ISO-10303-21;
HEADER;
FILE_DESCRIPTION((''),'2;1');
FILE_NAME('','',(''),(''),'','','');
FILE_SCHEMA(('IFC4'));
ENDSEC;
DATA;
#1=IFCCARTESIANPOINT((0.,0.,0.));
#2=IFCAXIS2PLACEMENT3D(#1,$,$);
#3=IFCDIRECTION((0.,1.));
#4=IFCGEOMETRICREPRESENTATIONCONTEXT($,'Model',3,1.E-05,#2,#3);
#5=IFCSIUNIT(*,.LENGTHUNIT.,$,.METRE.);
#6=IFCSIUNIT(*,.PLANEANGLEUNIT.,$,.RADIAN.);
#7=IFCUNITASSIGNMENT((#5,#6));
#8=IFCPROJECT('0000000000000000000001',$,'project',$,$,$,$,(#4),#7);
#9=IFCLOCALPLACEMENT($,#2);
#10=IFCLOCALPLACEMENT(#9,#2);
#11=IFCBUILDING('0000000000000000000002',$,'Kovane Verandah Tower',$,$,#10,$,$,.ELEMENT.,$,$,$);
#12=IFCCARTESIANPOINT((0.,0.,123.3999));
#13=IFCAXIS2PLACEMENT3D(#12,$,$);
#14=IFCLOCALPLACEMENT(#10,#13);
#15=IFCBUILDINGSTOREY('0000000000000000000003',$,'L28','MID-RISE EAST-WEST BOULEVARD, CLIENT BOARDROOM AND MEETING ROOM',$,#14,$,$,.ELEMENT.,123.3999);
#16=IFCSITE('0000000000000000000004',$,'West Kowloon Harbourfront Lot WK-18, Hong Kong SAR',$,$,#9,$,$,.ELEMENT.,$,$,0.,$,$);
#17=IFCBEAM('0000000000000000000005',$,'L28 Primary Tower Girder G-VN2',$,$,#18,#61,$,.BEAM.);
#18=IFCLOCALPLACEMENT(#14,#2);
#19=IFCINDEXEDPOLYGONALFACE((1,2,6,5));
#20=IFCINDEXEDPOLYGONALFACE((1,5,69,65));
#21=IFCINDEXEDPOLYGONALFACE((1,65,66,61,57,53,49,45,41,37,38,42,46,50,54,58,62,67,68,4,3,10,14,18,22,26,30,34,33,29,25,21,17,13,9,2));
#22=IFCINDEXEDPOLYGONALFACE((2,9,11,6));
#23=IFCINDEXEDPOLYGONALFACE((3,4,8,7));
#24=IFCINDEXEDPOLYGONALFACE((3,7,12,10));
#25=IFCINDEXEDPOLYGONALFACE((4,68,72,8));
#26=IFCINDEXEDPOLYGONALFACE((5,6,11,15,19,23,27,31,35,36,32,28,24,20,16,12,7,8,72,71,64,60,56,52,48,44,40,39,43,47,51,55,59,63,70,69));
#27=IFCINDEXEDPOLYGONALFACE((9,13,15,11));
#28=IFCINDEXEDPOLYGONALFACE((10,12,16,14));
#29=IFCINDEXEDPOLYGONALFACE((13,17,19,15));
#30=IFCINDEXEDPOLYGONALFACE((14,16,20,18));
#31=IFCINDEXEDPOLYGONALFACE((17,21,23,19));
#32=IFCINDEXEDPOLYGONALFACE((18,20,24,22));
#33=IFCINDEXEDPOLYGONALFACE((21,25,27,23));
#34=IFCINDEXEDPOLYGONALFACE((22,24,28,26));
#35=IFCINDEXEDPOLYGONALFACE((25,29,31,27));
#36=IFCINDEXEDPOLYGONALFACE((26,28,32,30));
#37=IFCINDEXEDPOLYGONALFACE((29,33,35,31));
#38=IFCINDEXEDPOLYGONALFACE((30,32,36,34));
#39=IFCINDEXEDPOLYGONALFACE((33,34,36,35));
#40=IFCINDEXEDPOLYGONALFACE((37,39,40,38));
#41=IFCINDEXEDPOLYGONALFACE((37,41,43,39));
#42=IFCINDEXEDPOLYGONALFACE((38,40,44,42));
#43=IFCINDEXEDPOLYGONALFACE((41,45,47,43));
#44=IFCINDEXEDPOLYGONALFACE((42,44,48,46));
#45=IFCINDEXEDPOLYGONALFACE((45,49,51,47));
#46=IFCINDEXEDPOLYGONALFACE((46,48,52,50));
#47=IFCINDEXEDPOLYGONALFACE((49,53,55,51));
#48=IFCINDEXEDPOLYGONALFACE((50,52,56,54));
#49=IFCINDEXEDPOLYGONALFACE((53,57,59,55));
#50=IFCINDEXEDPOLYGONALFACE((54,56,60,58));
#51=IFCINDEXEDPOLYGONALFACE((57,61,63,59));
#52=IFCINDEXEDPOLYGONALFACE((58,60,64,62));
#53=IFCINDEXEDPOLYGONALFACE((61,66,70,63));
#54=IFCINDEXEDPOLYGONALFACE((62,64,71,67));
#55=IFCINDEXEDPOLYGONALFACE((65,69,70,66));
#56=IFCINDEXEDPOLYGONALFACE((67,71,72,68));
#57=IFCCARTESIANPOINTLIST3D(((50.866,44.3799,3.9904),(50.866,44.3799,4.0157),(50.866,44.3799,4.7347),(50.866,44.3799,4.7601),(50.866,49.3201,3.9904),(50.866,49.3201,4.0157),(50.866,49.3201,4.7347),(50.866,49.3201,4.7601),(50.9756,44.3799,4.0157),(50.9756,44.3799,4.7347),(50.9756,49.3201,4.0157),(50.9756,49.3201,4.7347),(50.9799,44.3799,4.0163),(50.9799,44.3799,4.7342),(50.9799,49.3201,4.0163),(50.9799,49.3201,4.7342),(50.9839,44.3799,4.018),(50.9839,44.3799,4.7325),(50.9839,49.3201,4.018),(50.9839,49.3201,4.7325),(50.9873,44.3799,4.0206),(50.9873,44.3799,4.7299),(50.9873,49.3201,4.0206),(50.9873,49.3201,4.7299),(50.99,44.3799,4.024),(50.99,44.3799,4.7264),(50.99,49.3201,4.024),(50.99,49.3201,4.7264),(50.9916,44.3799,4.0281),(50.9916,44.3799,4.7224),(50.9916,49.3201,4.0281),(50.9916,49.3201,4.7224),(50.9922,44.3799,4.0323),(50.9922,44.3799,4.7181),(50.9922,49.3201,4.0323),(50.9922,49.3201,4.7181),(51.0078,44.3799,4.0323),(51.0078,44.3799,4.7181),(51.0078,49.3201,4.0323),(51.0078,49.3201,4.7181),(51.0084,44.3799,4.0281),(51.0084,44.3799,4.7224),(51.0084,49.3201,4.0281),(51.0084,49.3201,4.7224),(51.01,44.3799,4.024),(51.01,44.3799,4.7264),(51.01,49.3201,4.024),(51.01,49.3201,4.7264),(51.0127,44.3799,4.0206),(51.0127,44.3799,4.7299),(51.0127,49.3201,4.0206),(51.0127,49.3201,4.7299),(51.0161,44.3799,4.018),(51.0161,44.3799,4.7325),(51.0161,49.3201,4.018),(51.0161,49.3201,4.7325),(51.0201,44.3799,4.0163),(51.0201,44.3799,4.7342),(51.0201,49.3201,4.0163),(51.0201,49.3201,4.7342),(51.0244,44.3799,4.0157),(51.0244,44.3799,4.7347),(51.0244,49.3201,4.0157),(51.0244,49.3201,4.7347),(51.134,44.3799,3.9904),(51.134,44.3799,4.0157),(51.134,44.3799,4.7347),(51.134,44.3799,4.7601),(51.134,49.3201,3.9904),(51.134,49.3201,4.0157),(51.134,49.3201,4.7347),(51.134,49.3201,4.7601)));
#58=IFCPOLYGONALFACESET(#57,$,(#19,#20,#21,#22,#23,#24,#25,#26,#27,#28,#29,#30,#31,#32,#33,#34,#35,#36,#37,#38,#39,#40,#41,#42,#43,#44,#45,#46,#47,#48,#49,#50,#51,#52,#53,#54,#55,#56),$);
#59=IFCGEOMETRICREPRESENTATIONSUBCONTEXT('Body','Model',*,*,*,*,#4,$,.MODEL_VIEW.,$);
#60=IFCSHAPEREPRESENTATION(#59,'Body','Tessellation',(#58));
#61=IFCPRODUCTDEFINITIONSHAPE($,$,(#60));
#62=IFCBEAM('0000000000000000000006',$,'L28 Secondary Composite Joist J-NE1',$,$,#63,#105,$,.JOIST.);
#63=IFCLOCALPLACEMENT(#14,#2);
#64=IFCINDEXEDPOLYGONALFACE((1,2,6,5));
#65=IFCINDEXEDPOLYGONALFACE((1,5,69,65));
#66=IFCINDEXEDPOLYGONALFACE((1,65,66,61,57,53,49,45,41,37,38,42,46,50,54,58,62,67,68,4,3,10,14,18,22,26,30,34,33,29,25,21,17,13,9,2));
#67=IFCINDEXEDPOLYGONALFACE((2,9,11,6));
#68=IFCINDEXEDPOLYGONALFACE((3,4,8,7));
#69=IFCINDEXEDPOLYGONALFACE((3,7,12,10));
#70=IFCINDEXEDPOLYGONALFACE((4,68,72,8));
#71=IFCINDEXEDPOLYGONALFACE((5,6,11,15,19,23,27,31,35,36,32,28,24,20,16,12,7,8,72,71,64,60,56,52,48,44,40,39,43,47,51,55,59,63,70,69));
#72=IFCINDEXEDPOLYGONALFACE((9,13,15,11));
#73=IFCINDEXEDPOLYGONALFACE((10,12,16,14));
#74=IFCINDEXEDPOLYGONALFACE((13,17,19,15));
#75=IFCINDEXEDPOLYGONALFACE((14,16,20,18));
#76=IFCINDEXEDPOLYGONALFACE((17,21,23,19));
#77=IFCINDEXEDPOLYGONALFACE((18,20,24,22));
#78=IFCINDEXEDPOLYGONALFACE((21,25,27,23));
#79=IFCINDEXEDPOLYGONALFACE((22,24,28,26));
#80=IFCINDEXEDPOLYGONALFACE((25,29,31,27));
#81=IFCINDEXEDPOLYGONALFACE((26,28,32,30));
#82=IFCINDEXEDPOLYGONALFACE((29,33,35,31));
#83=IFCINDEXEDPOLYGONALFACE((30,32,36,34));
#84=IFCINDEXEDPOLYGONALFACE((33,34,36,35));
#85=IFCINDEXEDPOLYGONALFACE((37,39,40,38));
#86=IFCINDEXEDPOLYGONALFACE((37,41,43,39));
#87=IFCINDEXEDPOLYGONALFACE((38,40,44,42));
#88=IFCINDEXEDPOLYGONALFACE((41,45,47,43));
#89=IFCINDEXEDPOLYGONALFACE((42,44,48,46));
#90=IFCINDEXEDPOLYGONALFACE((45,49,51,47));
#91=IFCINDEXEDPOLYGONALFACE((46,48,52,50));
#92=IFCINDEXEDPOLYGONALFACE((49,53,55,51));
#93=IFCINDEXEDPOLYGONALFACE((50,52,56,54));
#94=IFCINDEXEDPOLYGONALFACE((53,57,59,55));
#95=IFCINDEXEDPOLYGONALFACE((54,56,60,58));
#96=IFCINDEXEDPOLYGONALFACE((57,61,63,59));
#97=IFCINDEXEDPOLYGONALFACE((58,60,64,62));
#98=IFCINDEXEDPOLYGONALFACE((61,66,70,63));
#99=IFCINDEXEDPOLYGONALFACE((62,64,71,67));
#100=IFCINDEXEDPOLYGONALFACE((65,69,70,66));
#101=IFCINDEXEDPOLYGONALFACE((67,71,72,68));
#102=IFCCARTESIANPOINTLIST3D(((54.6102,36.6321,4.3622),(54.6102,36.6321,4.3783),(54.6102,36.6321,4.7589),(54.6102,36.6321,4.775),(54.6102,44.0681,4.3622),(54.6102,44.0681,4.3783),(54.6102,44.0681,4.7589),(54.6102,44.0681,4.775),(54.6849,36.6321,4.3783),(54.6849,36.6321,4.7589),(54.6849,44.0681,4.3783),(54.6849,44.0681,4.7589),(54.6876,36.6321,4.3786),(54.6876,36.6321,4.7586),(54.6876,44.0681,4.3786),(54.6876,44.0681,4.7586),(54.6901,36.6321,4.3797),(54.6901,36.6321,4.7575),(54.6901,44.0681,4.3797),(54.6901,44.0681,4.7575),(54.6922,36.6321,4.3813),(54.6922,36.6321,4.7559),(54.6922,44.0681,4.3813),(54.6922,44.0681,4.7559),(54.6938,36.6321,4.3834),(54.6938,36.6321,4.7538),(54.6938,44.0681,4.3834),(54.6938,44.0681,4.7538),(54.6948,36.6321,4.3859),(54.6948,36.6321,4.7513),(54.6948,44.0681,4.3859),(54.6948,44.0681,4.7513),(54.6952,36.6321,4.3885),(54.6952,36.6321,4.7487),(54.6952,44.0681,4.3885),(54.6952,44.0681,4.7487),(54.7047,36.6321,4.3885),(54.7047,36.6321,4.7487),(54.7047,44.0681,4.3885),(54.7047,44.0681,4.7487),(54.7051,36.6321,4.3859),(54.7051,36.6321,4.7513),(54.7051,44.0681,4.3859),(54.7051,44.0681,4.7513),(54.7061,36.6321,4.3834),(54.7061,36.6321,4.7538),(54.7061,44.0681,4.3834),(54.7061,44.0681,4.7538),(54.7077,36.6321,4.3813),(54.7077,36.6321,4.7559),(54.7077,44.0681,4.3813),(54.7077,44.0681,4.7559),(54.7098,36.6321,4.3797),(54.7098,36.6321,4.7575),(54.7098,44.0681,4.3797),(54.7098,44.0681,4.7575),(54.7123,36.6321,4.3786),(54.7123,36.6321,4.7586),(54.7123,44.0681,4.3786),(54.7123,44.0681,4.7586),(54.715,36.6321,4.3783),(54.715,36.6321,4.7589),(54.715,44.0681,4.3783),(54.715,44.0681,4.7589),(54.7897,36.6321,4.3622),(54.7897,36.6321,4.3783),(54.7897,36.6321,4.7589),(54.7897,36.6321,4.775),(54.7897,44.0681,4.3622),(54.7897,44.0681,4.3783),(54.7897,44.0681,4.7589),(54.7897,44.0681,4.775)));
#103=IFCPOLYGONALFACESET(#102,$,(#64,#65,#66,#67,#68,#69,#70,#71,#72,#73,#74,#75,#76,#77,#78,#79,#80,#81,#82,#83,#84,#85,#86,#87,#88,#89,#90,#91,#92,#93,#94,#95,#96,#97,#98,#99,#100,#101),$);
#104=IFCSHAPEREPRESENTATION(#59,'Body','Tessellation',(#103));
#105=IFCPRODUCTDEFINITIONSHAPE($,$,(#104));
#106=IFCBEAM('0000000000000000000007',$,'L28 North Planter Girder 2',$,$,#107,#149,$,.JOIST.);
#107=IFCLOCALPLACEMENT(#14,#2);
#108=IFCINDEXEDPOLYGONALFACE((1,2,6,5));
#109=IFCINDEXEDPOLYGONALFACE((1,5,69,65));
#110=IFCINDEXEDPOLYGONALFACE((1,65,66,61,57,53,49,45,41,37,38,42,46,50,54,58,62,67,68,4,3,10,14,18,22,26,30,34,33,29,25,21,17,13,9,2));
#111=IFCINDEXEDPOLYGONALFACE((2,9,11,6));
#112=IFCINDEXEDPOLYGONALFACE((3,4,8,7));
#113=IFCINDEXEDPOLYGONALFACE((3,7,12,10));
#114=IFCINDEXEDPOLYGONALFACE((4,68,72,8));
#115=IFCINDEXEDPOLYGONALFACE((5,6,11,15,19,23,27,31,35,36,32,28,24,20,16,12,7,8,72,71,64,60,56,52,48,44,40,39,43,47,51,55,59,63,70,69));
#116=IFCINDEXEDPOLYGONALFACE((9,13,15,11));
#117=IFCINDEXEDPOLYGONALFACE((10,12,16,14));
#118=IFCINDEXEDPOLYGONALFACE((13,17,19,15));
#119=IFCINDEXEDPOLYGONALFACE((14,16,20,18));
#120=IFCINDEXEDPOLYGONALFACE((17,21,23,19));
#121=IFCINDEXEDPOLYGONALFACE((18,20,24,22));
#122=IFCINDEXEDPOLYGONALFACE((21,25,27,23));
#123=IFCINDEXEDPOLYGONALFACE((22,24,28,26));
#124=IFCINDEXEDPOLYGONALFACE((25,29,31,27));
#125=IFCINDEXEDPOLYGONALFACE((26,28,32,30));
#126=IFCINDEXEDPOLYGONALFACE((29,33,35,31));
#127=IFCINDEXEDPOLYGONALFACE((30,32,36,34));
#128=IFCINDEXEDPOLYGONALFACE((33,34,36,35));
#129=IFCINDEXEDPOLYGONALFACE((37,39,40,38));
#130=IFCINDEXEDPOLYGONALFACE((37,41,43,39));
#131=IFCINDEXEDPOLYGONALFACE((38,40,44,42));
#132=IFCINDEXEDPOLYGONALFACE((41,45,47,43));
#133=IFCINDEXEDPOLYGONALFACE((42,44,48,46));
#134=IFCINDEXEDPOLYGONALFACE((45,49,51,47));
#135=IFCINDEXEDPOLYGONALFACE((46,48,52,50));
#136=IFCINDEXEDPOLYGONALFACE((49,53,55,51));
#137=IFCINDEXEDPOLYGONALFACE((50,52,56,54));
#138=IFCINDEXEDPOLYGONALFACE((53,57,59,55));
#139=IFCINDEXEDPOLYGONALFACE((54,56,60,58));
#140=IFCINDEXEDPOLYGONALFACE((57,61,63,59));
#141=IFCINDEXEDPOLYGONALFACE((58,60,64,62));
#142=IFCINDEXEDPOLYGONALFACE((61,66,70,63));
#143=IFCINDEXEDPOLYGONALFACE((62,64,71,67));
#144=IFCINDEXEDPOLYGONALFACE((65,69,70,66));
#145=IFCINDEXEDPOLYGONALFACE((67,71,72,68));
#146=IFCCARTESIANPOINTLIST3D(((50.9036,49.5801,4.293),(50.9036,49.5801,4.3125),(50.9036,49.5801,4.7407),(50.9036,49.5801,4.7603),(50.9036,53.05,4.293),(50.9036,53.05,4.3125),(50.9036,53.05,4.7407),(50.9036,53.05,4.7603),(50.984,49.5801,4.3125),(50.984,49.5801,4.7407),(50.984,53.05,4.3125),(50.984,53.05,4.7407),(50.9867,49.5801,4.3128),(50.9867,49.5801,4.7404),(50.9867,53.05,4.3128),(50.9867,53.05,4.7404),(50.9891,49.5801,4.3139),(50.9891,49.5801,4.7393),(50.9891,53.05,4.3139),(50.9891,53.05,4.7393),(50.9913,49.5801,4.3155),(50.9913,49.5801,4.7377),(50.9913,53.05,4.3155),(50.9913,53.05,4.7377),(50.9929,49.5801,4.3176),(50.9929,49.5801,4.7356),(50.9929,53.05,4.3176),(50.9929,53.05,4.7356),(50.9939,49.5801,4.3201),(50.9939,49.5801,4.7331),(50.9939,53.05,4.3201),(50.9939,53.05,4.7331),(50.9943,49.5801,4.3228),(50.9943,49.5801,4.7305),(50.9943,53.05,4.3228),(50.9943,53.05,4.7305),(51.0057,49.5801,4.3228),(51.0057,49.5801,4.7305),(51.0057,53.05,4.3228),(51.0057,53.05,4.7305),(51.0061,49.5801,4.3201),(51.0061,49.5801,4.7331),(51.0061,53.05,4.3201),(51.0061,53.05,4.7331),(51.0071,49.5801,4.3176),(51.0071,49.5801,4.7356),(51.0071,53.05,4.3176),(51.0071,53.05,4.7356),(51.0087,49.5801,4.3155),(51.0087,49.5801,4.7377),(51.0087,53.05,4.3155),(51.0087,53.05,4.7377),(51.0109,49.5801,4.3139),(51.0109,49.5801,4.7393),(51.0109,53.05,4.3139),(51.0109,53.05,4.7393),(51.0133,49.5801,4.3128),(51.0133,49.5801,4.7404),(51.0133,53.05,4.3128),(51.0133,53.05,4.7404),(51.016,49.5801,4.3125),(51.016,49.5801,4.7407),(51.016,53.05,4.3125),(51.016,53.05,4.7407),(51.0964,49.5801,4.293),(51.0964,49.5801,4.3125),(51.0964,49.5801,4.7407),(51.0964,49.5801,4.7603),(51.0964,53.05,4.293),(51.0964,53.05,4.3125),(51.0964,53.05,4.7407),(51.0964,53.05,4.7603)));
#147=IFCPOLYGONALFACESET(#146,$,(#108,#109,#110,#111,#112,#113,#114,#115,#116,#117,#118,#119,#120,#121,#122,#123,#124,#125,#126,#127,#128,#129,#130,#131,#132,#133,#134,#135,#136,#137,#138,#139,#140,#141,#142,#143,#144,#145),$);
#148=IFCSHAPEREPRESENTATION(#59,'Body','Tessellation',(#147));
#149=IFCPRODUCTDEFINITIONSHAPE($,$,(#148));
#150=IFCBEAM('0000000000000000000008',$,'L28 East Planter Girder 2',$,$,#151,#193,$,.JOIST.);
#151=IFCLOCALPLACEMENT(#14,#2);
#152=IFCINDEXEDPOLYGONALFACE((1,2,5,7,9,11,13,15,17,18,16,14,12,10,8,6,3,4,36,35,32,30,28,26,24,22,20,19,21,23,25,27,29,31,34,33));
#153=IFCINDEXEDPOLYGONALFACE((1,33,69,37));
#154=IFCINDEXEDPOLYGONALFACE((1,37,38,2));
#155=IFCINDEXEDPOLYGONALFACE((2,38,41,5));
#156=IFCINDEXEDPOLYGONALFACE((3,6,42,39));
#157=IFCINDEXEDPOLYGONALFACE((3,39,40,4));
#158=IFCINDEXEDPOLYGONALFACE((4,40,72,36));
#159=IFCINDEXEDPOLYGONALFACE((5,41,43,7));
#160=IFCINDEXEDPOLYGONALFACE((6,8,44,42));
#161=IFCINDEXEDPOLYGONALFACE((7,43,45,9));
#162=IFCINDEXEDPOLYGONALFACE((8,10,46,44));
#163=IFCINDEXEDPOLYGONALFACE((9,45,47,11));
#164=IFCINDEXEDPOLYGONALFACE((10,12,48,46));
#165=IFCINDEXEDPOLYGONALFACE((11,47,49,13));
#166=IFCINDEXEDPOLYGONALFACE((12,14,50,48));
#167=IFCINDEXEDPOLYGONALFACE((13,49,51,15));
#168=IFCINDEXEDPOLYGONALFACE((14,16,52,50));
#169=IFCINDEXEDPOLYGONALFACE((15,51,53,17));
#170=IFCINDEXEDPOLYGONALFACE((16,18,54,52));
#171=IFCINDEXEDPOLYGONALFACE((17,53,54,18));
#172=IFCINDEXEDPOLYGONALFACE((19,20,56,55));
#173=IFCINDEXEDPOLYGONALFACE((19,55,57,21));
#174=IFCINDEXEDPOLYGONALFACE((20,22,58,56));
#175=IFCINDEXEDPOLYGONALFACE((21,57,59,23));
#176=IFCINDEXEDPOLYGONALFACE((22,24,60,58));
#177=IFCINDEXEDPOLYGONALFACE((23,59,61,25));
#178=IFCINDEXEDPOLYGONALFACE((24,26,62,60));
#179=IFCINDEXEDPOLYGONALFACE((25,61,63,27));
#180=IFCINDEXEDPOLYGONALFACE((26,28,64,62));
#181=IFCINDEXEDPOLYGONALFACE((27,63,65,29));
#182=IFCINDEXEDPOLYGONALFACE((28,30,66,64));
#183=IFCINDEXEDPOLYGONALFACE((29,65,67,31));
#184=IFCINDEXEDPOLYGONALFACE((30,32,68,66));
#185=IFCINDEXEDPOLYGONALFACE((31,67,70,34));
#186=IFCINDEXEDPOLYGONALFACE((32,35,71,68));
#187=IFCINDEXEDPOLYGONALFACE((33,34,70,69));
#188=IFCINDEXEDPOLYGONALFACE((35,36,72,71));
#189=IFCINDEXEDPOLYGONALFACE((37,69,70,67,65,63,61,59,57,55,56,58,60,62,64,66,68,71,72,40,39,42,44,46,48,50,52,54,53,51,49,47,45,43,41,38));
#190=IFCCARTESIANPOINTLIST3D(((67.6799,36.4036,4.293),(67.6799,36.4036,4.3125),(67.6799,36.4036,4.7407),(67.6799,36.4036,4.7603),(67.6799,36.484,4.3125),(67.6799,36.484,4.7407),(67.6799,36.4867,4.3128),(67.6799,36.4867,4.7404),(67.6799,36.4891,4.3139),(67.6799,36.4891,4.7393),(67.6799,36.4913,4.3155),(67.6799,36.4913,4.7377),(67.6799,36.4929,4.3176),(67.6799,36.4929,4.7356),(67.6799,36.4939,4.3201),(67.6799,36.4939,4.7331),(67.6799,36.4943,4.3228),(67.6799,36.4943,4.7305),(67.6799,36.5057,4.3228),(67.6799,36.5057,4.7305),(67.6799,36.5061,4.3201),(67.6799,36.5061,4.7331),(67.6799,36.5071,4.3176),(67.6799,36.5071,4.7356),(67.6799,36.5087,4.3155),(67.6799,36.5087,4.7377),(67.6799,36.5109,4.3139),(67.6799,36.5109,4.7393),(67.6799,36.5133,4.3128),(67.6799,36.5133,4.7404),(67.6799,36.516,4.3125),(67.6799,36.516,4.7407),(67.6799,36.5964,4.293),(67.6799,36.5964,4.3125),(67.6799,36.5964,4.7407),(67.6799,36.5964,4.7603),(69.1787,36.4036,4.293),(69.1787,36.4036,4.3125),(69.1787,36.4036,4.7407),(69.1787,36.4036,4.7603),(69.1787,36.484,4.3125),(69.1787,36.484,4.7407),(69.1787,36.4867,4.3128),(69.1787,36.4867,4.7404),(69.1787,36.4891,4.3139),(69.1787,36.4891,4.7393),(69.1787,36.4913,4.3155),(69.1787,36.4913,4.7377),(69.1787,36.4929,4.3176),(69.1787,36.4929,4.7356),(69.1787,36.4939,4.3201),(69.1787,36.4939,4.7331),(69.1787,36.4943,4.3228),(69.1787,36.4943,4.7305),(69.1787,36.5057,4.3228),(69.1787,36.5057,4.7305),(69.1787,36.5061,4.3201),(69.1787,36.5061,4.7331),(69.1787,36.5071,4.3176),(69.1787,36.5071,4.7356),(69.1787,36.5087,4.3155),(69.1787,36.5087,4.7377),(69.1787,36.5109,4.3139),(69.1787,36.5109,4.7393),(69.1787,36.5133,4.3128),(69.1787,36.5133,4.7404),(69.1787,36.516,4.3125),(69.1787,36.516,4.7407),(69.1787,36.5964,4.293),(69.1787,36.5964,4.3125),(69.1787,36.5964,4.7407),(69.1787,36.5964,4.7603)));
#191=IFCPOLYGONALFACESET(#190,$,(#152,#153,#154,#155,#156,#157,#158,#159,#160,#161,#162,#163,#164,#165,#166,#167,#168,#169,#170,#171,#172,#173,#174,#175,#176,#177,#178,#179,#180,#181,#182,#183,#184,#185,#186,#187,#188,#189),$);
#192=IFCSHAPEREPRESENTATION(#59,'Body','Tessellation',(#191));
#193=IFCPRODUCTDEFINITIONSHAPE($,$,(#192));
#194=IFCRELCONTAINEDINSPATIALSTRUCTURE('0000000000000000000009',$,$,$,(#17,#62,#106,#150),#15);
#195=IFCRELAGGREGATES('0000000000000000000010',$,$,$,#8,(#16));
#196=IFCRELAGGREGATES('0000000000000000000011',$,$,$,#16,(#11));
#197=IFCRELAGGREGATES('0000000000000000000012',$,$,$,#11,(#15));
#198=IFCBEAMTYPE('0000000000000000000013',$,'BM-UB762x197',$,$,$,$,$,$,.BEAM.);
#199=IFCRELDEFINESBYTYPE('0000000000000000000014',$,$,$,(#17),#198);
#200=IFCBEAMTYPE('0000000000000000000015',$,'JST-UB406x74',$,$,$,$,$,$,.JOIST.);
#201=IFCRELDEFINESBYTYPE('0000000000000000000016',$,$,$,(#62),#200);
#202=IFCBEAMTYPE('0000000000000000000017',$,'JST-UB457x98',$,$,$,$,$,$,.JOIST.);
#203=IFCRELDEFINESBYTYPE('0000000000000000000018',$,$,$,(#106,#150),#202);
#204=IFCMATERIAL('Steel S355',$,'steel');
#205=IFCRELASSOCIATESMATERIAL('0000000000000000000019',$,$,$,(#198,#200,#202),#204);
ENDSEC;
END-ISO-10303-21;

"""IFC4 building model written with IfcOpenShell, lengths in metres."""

from ifc_helpers import new_model, si_unit, direction, frame, origin, origin_2d, place, context, subcontext, project, spatial, i_section, extrude, material, material_profile, profile_set, type_object, element, save


model = new_model("IFC4")

# Units and contexts
model_context = context("Model", 3, precision=1e-05, world=origin(), true_north=direction((0.0, 1.0)))
body_context = subcontext(model_context, "Body", "Model", "MODEL_VIEW")
ifc_project = project(units=[si_unit("LENGTHUNIT", "METRE"), si_unit("PLANEANGLEUNIT", "RADIAN")], contexts=[model_context])

# Site, building, storey
site_placement = place(None, origin())
site = spatial("IfcSite", under=ifc_project, at=site_placement, Name="West Kowloon Harbourfront Lot WK-18, Hong Kong SAR", CompositionType="ELEMENT", RefElevation=0.0)
building_placement = place(site_placement, origin())
building = spatial("IfcBuilding", under=site, at=building_placement, Name="Kovane Verandah Tower", CompositionType="ELEMENT")
storey_placement = place(building_placement, frame((0.0, 0.0, 123.3999)))
storey = spatial("IfcBuildingStorey", under=building, at=storey_placement, Name="L28", Description="MID-RISE EAST-WEST BOULEVARD, CLIENT BOARDROOM AND MEETING ROOM", CompositionType="ELEMENT", Elevation=123.3999)

# Beams
ifc_material_1 = material(Name="Steel S355", Category="steel")
ifc_material_profile_1 = material_profile(ifc_material_1, i_section(OverallWidth=0.2681, OverallDepth=0.7698, WebThickness=0.0156, FlangeThickness=0.0254, FilletRadius=0.0166, at=origin_2d()), Name="UB762x267x197")
ifc_profile_set_1 = profile_set([ifc_material_profile_1], Name="Steel S355")
beam_type_1 = type_object("IfcBeamType", Name="BM-UB762x197", PredefinedType="BEAM", material=ifc_profile_set_1)
beam_1_placement = place(storey_placement, frame((51.0, 44.3799, 4.3752), z_axis=(0.0, 1.0, 0.0), x_axis=(-1.0, 0.0, 0.0)))
element("IfcBeam", 1, at=beam_1_placement, inside=storey, type_object=beam_type_1, Name="L28 Primary Tower Girder G-VN2", PredefinedType="BEAM", context=body_context, shape_type="SweptSolid", body=[
    extrude(i_section(OverallWidth=0.2681, OverallDepth=0.7698, WebThickness=0.0156, FlangeThickness=0.0254, FilletRadius=0.0166, at=origin_2d()), origin(), (0.0, 0.0, 1.0), 4.9402),
])
ifc_material_profile_2 = material_profile(ifc_material_1, i_section(OverallWidth=0.1794, OverallDepth=0.4128, WebThickness=0.0095, FlangeThickness=0.0161, FilletRadius=0.0103, at=origin_2d()), Name="UB406x178x74")
ifc_profile_set_2 = profile_set([ifc_material_profile_2], Name="Steel S355")
beam_type_2 = type_object("IfcBeamType", Name="JST-UB406x74", PredefinedType="JOIST", material=ifc_profile_set_2)
beam_2_placement = place(storey_placement, frame((54.7, 36.6321, 4.5686), z_axis=(0.0, 1.0, 0.0), x_axis=(-1.0, 0.0, 0.0)))
element("IfcBeam", 2, at=beam_2_placement, inside=storey, type_object=beam_type_2, Name="L28 Secondary Composite Joist J-NE1", PredefinedType="JOIST", context=body_context, shape_type="SweptSolid", body=[
    extrude(i_section(OverallWidth=0.1794, OverallDepth=0.4128, WebThickness=0.0095, FlangeThickness=0.0161, FilletRadius=0.0103, at=origin_2d()), origin(), (0.0, 0.0, 1.0), 7.436),
])
ifc_material_profile_3 = material_profile(ifc_material_1, i_section(OverallWidth=0.1929, OverallDepth=0.4673, WebThickness=0.0115, FlangeThickness=0.0195, FilletRadius=0.0103, at=origin_2d()), Name="UB457x191x98")
ifc_profile_set_3 = profile_set([ifc_material_profile_3], Name="Steel S355")
beam_type_3 = type_object("IfcBeamType", Name="JST-UB457x98", PredefinedType="JOIST", material=ifc_profile_set_3)
beam_3_placement = place(storey_placement, frame((51.0, 49.5801, 4.5266), z_axis=(0.0, 1.0, 0.0), x_axis=(-1.0, 0.0, 0.0)))
element("IfcBeam", 3, at=beam_3_placement, inside=storey, type_object=beam_type_3, Name="L28 North Planter Girder 2", PredefinedType="JOIST", context=body_context, shape_type="SweptSolid", body=[
    extrude(i_section(OverallWidth=0.1929, OverallDepth=0.4673, WebThickness=0.0115, FlangeThickness=0.0195, FilletRadius=0.0103, at=origin_2d()), origin(), (0.0, 0.0, 1.0), 3.47),
])
beam_4_placement = place(storey_placement, frame((67.6799, 36.5, 4.5266), z_axis=(1.0, 0.0, 0.0), x_axis=(0.0, 1.0, 0.0)))
element("IfcBeam", 4, at=beam_4_placement, inside=storey, type_object=beam_type_3, Name="L28 East Planter Girder 2", PredefinedType="JOIST", context=body_context, shape_type="SweptSolid", body=[
    extrude(i_section(OverallWidth=0.1929, OverallDepth=0.4673, WebThickness=0.0115, FlangeThickness=0.0195, FilletRadius=0.0103, at=origin_2d()), origin(), (0.0, 0.0, 1.0), 1.4988),
])

save(model, "model.ifc")
